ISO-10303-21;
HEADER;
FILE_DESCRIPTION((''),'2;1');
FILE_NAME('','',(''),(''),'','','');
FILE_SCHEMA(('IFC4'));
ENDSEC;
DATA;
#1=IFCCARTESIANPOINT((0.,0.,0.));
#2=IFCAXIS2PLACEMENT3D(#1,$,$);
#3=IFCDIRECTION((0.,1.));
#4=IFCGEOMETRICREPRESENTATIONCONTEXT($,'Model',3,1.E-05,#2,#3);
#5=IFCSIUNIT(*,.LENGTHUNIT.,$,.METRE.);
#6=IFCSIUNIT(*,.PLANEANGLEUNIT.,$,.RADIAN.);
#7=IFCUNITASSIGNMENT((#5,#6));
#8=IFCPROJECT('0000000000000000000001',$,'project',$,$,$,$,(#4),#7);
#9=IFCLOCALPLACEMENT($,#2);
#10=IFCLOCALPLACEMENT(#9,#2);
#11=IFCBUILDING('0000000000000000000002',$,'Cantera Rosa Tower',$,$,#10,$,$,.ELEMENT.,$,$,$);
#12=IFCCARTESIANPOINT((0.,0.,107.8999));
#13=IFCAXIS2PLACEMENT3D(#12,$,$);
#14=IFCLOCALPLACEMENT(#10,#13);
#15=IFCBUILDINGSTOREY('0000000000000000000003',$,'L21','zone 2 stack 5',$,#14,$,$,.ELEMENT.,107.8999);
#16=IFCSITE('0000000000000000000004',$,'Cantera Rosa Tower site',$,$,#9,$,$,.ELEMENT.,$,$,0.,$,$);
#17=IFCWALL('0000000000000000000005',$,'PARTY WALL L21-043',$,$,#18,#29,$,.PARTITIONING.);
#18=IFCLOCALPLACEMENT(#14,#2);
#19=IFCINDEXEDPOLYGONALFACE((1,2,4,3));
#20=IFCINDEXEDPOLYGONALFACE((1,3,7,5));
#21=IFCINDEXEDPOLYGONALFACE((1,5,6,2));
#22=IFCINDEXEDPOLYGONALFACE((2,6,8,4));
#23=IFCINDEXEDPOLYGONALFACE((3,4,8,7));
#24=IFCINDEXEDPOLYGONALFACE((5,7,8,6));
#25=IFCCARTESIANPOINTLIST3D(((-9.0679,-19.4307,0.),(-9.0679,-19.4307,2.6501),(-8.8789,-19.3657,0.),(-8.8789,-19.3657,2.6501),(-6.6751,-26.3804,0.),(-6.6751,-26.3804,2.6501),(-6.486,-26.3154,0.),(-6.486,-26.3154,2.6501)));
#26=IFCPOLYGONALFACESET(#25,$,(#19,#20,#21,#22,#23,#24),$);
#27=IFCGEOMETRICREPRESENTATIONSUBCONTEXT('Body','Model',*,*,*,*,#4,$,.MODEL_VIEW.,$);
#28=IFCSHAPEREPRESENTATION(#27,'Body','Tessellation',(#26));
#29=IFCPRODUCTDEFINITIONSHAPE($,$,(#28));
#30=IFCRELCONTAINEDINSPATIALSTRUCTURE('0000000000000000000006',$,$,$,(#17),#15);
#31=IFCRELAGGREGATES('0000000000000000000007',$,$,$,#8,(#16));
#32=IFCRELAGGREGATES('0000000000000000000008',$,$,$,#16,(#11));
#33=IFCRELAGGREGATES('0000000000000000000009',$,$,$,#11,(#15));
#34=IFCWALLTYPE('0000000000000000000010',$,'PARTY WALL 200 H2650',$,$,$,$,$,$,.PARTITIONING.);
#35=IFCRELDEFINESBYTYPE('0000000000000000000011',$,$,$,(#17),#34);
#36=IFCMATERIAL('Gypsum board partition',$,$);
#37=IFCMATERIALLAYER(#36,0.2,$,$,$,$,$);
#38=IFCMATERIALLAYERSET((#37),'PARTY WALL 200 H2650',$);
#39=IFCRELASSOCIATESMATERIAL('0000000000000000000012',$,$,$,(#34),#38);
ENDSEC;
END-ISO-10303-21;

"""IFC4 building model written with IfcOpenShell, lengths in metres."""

from ifc_helpers import new_model, si_unit, direction, frame, frame_2d, origin, place, context, subcontext, project, spatial, rectangle, extrude, material, layer, layer_set, type_object, element, save


model = new_model("IFC4")

# Units and contexts
model_context = context("Model", 3, precision=1e-05, world=origin(), true_north=direction((0.0, 1.0)))
body_context = subcontext(model_context, "Body", "Model", "MODEL_VIEW")
ifc_project = project(units=[si_unit("LENGTHUNIT", "METRE"), si_unit("PLANEANGLEUNIT", "RADIAN")], contexts=[model_context])

# Site, building, storey
site_placement = place(None, origin())
site = spatial("IfcSite", under=ifc_project, at=site_placement, Name="Cantera Rosa Tower site", CompositionType="ELEMENT", RefElevation=0.0)
building_placement = place(site_placement, origin())
building = spatial("IfcBuilding", under=site, at=building_placement, Name="Cantera Rosa Tower", CompositionType="ELEMENT")
storey_placement = place(building_placement, frame((0.0, 0.0, 107.8999)))
storey = spatial("IfcBuildingStorey", under=building, at=storey_placement, Name="L21", Description="zone 2 stack 5", CompositionType="ELEMENT", Elevation=107.8999)

# Wall
ifc_material_1 = material(Name="Gypsum board partition")
ifc_layer_1 = layer(ifc_material_1, 0.2)
ifc_layer_set_1 = layer_set([ifc_layer_1], Name="PARTY WALL 200 H2650")
wall_type_1 = type_object("IfcWallType", Name="PARTY WALL 200 H2650", PredefinedType="PARTITIONING", material=ifc_layer_set_1)
wall_1_placement = place(storey_placement, frame((-6.5806, -26.3479, 0.0), z_axis=(0.0, 0.0, 1.0), x_axis=(-0.325549, 0.945525, 0.0)))
element("IfcWall", 1, at=wall_1_placement, inside=storey, type_object=wall_type_1, Name="PARTY WALL L21-043", PredefinedType="PARTITIONING", context=body_context, shape_type="SweptSolid", body=[
    extrude(rectangle(XDim=7.3501, YDim=0.2, at=frame_2d((3.675, 0.0))), origin(), (0.0, 0.0, 1.0), 2.6501),
])

save(model, "model.ifc")
